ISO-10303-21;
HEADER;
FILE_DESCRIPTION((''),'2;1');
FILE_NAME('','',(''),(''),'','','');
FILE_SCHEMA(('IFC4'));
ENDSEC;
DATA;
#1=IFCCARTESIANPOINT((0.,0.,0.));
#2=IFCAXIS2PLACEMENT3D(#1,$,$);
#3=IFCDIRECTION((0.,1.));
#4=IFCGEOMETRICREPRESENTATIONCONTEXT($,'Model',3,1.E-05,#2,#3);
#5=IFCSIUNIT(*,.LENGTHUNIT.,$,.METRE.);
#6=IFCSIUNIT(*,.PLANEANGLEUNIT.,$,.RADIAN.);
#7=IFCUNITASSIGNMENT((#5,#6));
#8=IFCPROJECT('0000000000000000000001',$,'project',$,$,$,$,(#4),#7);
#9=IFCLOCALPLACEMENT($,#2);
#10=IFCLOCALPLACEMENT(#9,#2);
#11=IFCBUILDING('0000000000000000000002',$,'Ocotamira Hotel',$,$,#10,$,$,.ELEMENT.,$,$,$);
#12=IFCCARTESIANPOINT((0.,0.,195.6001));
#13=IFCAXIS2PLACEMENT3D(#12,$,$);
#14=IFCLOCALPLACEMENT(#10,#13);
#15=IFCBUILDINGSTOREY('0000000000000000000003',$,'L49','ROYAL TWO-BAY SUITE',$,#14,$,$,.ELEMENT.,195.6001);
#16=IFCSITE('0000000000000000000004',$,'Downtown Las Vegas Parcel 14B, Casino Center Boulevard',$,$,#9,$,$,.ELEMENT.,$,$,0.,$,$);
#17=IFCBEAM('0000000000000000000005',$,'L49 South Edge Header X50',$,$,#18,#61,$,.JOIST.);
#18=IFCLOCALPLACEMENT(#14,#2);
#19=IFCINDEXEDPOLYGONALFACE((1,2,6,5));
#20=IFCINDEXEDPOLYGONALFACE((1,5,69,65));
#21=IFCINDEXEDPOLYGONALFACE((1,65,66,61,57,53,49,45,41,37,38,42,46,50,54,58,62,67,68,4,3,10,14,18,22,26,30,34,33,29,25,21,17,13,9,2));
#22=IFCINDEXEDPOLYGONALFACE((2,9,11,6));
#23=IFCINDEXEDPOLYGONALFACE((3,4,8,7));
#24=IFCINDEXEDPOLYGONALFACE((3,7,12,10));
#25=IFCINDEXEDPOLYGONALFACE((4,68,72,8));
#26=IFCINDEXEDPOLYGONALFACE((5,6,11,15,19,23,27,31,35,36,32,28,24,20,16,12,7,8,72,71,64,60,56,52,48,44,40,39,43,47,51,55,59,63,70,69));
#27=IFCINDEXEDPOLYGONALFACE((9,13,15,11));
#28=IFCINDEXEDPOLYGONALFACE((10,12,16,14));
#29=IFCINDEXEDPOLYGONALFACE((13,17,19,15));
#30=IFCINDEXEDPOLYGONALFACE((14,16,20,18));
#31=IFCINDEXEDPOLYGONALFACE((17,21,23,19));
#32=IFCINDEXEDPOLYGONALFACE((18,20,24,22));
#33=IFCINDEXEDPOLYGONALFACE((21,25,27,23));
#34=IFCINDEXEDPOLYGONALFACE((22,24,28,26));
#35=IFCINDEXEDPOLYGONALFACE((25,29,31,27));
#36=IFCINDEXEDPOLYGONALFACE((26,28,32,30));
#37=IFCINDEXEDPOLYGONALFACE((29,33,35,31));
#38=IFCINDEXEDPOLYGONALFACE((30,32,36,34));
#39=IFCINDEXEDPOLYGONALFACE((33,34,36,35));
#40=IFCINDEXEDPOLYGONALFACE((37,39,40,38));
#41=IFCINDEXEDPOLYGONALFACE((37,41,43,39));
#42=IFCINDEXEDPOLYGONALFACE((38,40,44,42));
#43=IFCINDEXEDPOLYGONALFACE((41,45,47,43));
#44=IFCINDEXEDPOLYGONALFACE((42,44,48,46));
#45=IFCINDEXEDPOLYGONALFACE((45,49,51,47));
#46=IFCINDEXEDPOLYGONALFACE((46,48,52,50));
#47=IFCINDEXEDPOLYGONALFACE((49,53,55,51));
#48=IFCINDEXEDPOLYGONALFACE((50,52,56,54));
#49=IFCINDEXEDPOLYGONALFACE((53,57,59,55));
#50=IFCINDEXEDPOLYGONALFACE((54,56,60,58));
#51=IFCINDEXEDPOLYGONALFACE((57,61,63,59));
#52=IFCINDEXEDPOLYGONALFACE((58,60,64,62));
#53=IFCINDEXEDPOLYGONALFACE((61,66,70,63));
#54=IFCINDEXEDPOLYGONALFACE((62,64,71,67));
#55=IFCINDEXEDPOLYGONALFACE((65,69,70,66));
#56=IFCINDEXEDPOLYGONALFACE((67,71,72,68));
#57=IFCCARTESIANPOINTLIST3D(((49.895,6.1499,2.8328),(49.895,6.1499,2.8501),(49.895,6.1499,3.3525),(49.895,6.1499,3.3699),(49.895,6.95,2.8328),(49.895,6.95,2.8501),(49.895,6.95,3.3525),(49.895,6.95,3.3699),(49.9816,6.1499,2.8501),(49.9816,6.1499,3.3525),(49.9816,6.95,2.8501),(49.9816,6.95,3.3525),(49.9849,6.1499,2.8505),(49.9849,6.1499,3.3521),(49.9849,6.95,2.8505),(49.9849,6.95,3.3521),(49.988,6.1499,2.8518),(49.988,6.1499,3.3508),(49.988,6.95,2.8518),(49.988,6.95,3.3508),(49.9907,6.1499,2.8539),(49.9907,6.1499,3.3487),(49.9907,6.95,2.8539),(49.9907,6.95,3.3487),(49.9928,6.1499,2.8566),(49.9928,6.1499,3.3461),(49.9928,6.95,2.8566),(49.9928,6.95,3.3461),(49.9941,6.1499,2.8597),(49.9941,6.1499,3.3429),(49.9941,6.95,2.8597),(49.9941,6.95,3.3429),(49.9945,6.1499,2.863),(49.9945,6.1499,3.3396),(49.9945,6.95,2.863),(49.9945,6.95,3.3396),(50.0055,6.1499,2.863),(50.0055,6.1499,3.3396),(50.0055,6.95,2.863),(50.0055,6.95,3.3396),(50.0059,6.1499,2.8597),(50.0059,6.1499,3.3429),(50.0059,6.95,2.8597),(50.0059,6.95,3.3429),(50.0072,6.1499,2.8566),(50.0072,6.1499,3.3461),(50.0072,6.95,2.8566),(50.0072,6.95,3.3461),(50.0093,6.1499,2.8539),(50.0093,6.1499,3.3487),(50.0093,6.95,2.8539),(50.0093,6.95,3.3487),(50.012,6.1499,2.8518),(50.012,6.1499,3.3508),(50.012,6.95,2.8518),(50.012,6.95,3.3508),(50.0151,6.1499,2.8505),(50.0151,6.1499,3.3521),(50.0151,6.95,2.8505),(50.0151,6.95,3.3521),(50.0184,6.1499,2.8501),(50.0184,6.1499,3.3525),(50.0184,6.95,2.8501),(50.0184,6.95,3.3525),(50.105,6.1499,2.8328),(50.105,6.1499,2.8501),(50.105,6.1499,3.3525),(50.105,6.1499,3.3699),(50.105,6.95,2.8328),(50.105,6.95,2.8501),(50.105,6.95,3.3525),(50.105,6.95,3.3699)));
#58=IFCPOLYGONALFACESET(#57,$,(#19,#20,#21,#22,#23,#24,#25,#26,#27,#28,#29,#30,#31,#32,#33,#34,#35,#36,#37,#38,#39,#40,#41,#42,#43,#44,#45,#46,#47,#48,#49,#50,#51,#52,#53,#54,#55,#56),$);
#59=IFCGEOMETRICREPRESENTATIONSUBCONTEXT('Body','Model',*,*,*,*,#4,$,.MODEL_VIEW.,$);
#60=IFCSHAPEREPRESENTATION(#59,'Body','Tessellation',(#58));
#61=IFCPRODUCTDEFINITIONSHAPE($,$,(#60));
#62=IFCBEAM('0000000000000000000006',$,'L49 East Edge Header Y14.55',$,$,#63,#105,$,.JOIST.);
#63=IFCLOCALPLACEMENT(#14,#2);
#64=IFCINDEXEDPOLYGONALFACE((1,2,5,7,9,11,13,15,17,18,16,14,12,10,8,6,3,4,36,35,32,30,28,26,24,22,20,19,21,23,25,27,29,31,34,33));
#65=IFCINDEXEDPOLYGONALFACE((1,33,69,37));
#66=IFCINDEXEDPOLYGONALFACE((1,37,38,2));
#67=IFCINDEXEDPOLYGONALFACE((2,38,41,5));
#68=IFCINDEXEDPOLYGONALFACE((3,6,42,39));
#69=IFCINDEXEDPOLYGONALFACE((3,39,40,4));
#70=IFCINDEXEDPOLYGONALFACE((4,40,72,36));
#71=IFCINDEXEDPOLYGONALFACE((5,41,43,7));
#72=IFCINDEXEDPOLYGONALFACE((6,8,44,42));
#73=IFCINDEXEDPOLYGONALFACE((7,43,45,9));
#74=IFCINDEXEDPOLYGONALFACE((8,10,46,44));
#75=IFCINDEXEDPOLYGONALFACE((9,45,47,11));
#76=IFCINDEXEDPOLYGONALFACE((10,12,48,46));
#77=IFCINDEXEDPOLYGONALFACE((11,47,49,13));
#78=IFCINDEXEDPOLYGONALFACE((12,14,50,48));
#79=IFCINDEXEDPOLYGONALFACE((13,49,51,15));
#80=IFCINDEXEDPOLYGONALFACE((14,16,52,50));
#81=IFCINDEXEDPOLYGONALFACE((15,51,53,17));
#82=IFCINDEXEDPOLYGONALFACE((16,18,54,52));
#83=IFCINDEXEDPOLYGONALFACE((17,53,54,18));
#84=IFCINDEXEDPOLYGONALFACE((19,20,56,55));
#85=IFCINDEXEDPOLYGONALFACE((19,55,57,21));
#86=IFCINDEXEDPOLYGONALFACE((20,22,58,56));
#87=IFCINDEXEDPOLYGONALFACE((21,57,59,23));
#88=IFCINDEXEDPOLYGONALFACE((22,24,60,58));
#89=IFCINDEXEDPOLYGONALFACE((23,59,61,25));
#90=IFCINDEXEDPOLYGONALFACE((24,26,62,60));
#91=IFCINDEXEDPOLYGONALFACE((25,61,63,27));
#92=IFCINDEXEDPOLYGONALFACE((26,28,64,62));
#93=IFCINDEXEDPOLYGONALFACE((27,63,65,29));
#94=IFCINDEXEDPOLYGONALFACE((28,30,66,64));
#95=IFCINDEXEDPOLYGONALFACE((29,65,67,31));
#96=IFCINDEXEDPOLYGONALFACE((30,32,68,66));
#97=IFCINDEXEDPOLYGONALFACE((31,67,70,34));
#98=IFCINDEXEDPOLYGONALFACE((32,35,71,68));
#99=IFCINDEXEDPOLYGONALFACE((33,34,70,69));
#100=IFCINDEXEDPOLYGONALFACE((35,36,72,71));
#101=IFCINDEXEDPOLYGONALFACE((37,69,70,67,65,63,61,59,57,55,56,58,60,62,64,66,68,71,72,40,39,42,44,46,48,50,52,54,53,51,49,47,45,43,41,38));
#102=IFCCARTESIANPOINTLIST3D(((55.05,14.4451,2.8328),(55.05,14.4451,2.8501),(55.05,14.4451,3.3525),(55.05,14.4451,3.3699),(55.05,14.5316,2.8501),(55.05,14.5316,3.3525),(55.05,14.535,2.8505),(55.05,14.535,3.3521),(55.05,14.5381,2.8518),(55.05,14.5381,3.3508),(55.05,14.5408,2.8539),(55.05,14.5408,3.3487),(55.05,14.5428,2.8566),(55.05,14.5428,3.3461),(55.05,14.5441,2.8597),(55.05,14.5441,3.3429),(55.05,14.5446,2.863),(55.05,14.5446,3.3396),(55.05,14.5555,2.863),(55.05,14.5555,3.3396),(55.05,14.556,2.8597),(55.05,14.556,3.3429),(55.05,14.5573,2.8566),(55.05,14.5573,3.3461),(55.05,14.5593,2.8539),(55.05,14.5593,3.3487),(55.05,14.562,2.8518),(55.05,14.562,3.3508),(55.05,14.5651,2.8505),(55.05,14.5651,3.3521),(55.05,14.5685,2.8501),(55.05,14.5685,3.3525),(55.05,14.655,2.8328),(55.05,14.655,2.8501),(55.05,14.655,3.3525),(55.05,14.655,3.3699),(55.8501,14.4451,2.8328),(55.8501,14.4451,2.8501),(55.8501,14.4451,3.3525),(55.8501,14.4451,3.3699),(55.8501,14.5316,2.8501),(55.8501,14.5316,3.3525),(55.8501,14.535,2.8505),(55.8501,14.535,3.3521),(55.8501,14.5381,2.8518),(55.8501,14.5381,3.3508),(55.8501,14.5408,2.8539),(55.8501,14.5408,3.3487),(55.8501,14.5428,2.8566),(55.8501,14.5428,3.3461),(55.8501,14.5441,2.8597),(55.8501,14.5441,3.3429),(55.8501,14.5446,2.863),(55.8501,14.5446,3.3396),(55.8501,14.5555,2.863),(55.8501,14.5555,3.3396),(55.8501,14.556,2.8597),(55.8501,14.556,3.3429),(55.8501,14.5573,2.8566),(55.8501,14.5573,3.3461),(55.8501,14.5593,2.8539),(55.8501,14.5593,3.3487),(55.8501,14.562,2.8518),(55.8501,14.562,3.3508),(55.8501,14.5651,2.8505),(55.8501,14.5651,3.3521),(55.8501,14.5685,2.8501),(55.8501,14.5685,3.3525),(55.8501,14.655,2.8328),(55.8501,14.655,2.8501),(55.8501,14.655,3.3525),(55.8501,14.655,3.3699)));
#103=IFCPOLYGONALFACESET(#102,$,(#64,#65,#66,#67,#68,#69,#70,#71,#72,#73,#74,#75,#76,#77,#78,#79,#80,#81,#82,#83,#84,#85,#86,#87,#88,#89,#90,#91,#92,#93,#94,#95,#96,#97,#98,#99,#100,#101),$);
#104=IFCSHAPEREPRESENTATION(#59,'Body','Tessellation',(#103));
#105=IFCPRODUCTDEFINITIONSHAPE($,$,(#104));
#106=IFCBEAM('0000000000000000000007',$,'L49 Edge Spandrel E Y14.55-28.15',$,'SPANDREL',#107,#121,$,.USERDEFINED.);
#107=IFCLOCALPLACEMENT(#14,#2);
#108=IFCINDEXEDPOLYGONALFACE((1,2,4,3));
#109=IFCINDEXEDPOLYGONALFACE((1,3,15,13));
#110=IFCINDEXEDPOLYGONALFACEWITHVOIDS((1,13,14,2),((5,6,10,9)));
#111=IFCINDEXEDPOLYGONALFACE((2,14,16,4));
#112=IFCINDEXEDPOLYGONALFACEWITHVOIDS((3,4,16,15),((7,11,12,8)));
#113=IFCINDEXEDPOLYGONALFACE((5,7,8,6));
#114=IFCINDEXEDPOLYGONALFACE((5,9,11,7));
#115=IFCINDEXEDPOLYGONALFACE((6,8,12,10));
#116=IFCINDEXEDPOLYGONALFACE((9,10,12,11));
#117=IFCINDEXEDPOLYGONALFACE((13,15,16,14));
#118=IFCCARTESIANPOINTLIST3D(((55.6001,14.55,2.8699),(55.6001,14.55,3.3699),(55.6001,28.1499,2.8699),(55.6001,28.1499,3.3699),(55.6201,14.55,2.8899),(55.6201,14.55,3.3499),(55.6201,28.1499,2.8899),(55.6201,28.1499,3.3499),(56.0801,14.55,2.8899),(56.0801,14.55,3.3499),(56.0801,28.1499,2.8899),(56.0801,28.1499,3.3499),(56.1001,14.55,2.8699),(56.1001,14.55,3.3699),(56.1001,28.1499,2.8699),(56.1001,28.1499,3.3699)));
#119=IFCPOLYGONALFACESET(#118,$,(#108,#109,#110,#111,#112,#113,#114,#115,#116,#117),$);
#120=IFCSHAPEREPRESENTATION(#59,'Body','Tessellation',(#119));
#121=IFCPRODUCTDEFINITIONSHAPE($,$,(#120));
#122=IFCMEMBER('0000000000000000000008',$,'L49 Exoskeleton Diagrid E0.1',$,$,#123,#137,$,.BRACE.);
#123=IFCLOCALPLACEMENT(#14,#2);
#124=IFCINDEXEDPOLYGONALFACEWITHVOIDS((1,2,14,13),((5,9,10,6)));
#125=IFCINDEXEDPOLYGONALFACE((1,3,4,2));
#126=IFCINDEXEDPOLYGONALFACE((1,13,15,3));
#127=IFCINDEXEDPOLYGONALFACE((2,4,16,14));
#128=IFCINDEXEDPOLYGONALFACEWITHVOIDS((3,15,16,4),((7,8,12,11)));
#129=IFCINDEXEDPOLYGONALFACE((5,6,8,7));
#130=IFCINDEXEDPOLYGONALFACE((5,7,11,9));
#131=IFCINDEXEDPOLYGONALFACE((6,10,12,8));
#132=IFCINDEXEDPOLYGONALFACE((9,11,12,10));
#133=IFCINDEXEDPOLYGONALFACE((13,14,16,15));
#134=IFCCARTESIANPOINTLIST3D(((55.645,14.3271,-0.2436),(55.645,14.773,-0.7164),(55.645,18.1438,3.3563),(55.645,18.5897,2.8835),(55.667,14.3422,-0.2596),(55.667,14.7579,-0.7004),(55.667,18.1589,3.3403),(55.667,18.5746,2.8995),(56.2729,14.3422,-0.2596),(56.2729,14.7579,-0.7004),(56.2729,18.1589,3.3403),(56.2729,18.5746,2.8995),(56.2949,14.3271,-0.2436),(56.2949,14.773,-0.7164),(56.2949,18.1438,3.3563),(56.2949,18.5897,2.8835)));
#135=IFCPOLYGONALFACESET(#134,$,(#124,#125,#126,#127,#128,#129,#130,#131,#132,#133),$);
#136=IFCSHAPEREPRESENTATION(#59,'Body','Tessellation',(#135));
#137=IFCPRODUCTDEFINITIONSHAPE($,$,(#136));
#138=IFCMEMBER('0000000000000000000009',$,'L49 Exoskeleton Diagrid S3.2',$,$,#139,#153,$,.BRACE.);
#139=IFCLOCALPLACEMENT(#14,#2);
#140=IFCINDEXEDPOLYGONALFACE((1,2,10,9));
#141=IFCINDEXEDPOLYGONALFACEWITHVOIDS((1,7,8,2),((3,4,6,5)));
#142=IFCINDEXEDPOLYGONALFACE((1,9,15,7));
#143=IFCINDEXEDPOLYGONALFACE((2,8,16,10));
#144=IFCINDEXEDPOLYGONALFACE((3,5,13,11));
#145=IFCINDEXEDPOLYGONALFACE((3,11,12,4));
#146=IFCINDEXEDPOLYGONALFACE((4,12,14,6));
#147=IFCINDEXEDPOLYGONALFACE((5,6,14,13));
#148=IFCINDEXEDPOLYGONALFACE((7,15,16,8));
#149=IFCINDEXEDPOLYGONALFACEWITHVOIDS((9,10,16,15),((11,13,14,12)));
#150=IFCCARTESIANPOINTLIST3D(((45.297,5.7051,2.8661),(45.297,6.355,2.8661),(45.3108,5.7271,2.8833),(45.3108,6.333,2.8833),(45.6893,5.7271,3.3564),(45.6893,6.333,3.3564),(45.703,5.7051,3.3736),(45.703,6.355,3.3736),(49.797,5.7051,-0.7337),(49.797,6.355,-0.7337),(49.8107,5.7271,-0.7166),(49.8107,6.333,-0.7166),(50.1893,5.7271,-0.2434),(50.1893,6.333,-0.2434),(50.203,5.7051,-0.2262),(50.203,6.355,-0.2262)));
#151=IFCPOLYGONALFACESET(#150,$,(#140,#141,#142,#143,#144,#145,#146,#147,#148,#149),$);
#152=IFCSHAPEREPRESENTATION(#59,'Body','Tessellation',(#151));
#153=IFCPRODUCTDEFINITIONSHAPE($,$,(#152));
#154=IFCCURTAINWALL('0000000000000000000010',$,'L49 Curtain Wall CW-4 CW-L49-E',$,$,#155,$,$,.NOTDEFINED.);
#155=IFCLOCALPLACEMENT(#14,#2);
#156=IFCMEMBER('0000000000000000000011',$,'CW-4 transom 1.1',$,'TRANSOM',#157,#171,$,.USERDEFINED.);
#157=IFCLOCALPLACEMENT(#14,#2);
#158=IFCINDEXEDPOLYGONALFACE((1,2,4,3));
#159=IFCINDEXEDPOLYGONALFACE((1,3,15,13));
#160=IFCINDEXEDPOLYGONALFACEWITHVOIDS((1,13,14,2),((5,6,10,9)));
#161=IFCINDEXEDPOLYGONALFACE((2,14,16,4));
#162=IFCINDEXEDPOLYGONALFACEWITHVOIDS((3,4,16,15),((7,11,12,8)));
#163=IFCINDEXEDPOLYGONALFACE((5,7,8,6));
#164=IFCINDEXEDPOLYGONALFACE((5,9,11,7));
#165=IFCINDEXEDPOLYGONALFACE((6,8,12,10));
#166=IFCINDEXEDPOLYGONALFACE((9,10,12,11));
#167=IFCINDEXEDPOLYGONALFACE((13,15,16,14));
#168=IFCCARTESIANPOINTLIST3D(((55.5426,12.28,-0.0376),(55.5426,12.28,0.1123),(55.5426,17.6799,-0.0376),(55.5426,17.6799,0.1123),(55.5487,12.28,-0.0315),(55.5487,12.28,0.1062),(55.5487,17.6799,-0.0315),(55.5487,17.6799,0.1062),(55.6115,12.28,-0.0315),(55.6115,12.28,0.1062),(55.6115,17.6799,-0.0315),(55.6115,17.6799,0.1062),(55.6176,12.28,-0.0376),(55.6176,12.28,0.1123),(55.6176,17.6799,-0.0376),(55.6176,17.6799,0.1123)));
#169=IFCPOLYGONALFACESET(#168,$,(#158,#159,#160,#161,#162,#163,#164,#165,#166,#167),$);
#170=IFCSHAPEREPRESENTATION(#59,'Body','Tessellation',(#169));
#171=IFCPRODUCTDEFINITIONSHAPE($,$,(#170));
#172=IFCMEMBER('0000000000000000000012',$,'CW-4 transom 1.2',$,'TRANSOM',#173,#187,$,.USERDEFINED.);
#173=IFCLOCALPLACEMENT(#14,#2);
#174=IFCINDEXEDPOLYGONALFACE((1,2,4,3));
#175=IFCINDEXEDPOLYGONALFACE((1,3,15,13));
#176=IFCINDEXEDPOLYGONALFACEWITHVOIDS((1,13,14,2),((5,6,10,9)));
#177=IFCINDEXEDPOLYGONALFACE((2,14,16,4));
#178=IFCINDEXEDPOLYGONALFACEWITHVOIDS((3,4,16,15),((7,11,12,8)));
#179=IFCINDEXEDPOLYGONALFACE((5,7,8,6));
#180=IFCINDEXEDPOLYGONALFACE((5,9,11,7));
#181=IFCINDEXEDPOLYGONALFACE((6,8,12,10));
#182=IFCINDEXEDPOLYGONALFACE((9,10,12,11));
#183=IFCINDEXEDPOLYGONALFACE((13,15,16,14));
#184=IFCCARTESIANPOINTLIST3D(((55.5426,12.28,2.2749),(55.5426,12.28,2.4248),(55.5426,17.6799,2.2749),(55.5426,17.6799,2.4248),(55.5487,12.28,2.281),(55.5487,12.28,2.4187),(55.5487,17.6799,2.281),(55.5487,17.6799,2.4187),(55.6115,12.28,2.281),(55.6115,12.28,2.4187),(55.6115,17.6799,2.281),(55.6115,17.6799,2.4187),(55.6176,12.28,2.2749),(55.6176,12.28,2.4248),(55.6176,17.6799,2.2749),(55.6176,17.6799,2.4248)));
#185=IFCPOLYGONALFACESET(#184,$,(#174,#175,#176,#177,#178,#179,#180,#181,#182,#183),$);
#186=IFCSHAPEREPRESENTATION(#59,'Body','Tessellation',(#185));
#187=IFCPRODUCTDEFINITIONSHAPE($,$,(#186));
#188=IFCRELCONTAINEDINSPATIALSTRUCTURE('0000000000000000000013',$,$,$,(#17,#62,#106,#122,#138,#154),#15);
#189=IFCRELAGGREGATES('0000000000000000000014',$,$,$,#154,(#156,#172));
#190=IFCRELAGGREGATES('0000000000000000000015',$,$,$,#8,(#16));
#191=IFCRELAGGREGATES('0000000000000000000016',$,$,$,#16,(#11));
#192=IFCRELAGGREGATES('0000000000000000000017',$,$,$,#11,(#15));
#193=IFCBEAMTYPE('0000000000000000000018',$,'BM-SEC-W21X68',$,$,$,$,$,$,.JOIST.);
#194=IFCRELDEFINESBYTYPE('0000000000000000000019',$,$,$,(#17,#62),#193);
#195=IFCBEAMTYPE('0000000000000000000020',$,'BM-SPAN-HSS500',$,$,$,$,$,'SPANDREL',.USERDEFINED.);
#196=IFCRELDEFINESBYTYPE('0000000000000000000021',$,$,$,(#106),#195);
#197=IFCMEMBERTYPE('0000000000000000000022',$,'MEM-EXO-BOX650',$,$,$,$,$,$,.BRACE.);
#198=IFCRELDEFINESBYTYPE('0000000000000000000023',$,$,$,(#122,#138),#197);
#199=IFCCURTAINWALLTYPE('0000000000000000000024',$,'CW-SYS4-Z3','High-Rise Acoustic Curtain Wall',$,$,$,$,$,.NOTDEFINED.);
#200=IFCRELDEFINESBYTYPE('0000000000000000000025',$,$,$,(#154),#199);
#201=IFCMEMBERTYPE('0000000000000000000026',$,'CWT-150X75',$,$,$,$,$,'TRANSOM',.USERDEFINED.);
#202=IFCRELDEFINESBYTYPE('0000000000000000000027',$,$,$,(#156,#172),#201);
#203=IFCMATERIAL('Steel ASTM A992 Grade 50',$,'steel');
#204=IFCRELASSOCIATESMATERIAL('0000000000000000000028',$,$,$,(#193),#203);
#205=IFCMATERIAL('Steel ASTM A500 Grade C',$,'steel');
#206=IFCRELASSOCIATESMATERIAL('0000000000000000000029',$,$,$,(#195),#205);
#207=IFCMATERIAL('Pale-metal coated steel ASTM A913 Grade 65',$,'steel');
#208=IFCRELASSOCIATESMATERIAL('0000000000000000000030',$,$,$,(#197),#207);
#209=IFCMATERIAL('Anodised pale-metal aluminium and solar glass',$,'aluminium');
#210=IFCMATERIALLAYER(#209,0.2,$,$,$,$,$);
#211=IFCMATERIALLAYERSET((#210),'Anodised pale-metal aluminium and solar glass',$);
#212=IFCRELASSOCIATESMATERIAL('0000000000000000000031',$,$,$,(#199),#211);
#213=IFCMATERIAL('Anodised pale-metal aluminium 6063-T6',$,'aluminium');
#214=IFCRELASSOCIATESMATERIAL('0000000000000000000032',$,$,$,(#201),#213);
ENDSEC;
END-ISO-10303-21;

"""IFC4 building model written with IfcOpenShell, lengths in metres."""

from ifc_helpers import new_model, si_unit, direction, frame, origin, origin_2d, place, context, subcontext, project, spatial, hollow_rectangle, i_section, extrude, source, transform, mapped, material, layer, layer_set, material_profile, profile_set, type_object, element, aggregate, save


model = new_model("IFC4")

# Units and contexts
model_context = context("Model", 3, precision=1e-05, world=origin(), true_north=direction((0.0, 1.0)))
body_context = subcontext(model_context, "Body", "Model", "MODEL_VIEW")
ifc_project = project(units=[si_unit("LENGTHUNIT", "METRE"), si_unit("PLANEANGLEUNIT", "RADIAN")], contexts=[model_context])

# Site, building, storey
site_placement = place(None, origin())
site = spatial("IfcSite", under=ifc_project, at=site_placement, Name="Downtown Las Vegas Parcel 14B, Casino Center Boulevard", CompositionType="ELEMENT", RefElevation=0.0)
building_placement = place(site_placement, origin())
building = spatial("IfcBuilding", under=site, at=building_placement, Name="Ocotamira Hotel", CompositionType="ELEMENT")
storey_placement = place(building_placement, frame((0.0, 0.0, 195.6001)))
storey = spatial("IfcBuildingStorey", under=building, at=storey_placement, Name="L49", Description="ROYAL TWO-BAY SUITE", CompositionType="ELEMENT", Elevation=195.6001)

# Beams
ifc_material_1 = material(Name="Steel ASTM A992 Grade 50", Category="steel")
ifc_material_profile_1 = material_profile(ifc_material_1, i_section(OverallWidth=0.21, OverallDepth=0.5371, WebThickness=0.011, FlangeThickness=0.0173, FilletRadius=0.0129, at=origin_2d()), Name="W21X68")
ifc_profile_set_1 = profile_set([ifc_material_profile_1], Name="Steel ASTM A992 Grade 50")
beam_type_1 = type_object("IfcBeamType", Name="BM-SEC-W21X68", PredefinedType="JOIST", material=ifc_profile_set_1)
shared_shape_1 = source(origin(), body_context, "Body", "SweptSolid", [
    extrude(i_section(OverallWidth=0.21, OverallDepth=0.5371, WebThickness=0.011, FlangeThickness=0.0173, FilletRadius=0.0129, at=origin_2d()), origin(), (0.0, 0.0, 1.0), 0.8),
])
for number, where, z_axis, x_axis, name in (
    (1, (50.0, 6.95, 3.1013), (0.0, -1.0, 0.0), (1.0, 0.0, 0.0), "L49 South Edge Header X50"),
    (2, (55.05, 14.55, 3.1013), (1.0, 0.0, 0.0), (0.0, 1.0, 0.0), "L49 East Edge Header Y14.55"),
):
    element("IfcBeam", number, at=place(storey_placement, frame(where, z_axis=z_axis, x_axis=x_axis)), inside=storey, type_object=beam_type_1, Name=name, PredefinedType="JOIST", context=body_context, shape_type="MappedRepresentation", body=[
        mapped(shared_shape_1, transform((0.0, 0.0, 0.0), scale=1.0)),
    ])
ifc_material_2 = material(Name="Steel ASTM A500 Grade C", Category="steel")
ifc_material_profile_2 = material_profile(ifc_material_2, hollow_rectangle(XDim=0.5, YDim=0.5, WallThickness=0.02, at=origin_2d()), Name="HSS500X500X20")
ifc_profile_set_2 = profile_set([ifc_material_profile_2], Name="Steel ASTM A500 Grade C")
beam_type_2 = type_object("IfcBeamType", Name="BM-SPAN-HSS500", ElementType="SPANDREL", PredefinedType="USERDEFINED", material=ifc_profile_set_2)
shared_shape_2 = source(origin(), body_context, "Body", "SweptSolid", [
    extrude(hollow_rectangle(XDim=0.5, YDim=0.5, WallThickness=0.02, at=origin_2d()), origin(), (0.0, 0.0, 1.0), 13.5999),
])
beam_1_placement = place(storey_placement, frame((55.8501, 14.55, 3.1199), z_axis=(0.0, 1.0, 0.0), x_axis=(-1.0, 0.0, 0.0)))
element("IfcBeam", 3, at=beam_1_placement, inside=storey, type_object=beam_type_2, Name="L49 Edge Spandrel E Y14.55-28.15", ObjectType="SPANDREL", PredefinedType="USERDEFINED", context=body_context, shape_type="MappedRepresentation", body=[
    mapped(shared_shape_2, transform((0.0, 0.0, 0.0), scale=1.0)),
])

# Members
ifc_material_3 = material(Name="Pale-metal coated steel ASTM A913 Grade 65", Category="steel")
ifc_material_profile_3 = material_profile(ifc_material_3, hollow_rectangle(XDim=0.6499, YDim=0.6499, WallThickness=0.022, at=origin_2d()), Name="BOX650X650X22")
ifc_profile_set_3 = profile_set([ifc_material_profile_3], Name="Pale-metal coated steel ASTM A913 Grade 65")
member_type_1 = type_object("IfcMemberType", Name="MEM-EXO-BOX650", PredefinedType="BRACE", material=ifc_profile_set_3)
shared_shape_3 = source(origin(), body_context, "Body", "SweptSolid", [
    extrude(hollow_rectangle(XDim=0.6499, YDim=0.6499, WallThickness=0.022, at=origin_2d()), origin(), (0.0, 0.0, 1.0), 5.2466),
])
member_1_placement = place(storey_placement, frame((55.97, 14.55, -0.48), z_axis=(0.0, 0.727466, 0.686144), x_axis=(-1.0, 0.0, 0.0)))
element("IfcMember", 4, at=member_1_placement, inside=storey, type_object=member_type_1, Name="L49 Exoskeleton Diagrid E0.1", PredefinedType="BRACE", context=body_context, shape_type="MappedRepresentation", body=[
    mapped(shared_shape_3, transform((0.0, 0.0, 0.0), scale=1.0)),
])
shared_shape_4 = source(origin(), body_context, "Body", "SweptSolid", [
    extrude(hollow_rectangle(XDim=0.6499, YDim=0.6499, WallThickness=0.022, at=origin_2d()), origin(), (0.0, 0.0, 1.0), 5.7627),
])
member_2_placement = place(storey_placement, frame((50.0, 6.03, -0.48), z_axis=(-0.780881, 0.0, 0.62468), x_axis=(0.0, -1.0, 0.0)))
element("IfcMember", 5, at=member_2_placement, inside=storey, type_object=member_type_1, Name="L49 Exoskeleton Diagrid S3.2", PredefinedType="BRACE", context=body_context, shape_type="MappedRepresentation", body=[
    mapped(shared_shape_4, transform((0.0, 0.0, 0.0), scale=1.0)),
])

# Curtain wall, members
ifc_material_4 = material(Name="Anodised pale-metal aluminium and solar glass", Category="aluminium")
ifc_layer_1 = layer(ifc_material_4, 0.2)
ifc_layer_set_1 = layer_set([ifc_layer_1], Name="Anodised pale-metal aluminium and solar glass")
curtain_wall_type = type_object("IfcCurtainWallType", Name="CW-SYS4-Z3", Description="High-Rise Acoustic Curtain Wall", PredefinedType="NOTDEFINED", material=ifc_layer_set_1)
curtain_wall_1_placement = place(storey_placement, origin())
curtain_wall_1 = element("IfcCurtainWall", 6, at=curtain_wall_1_placement, inside=storey, type_object=curtain_wall_type, Name="L49 Curtain Wall CW-4 CW-L49-E", PredefinedType="NOTDEFINED")
ifc_material_5 = material(Name="Anodised pale-metal aluminium 6063-T6", Category="aluminium")
ifc_material_profile_4 = material_profile(ifc_material_5, hollow_rectangle(XDim=0.075, YDim=0.1499, WallThickness=0.0061, at=origin_2d()), Name="HSS150X75X6")
ifc_profile_set_4 = profile_set([ifc_material_profile_4], Name="Anodised pale-metal aluminium 6063-T6")
member_type_2 = type_object("IfcMemberType", Name="CWT-150X75", ElementType="TRANSOM", PredefinedType="USERDEFINED", material=ifc_profile_set_4)
shared_shape_5 = source(origin(), body_context, "Body", "SweptSolid", [
    extrude(hollow_rectangle(XDim=0.075, YDim=0.1499, WallThickness=0.0061, at=origin_2d()), origin(), (0.0, 0.0, 1.0), 5.3999),
])
member_3_placement = place(storey_placement, frame((55.5801, 12.28, 0.0374), z_axis=(0.0, 1.0, 0.0), x_axis=(-1.0, 0.0, 0.0)))
member_3 = element("IfcMember", 7, at=member_3_placement, type_object=member_type_2, Name="CW-4 transom 1.1", ObjectType="TRANSOM", PredefinedType="USERDEFINED", context=body_context, shape_type="MappedRepresentation", body=[
    mapped(shared_shape_5, transform((0.0, 0.0, 0.0), scale=1.0)),
])
member_4_placement = place(storey_placement, frame((55.5801, 12.28, 2.3499), z_axis=(0.0, 1.0, 0.0), x_axis=(-1.0, 0.0, 0.0)))
member_4 = element("IfcMember", 8, at=member_4_placement, type_object=member_type_2, Name="CW-4 transom 1.2", ObjectType="TRANSOM", PredefinedType="USERDEFINED", context=body_context, shape_type="MappedRepresentation", body=[
    mapped(shared_shape_5, transform((0.0, 0.0, 0.0), scale=1.0)),
])

aggregate(curtain_wall_1, [member_3, member_4])

save(model, "model.ifc")
